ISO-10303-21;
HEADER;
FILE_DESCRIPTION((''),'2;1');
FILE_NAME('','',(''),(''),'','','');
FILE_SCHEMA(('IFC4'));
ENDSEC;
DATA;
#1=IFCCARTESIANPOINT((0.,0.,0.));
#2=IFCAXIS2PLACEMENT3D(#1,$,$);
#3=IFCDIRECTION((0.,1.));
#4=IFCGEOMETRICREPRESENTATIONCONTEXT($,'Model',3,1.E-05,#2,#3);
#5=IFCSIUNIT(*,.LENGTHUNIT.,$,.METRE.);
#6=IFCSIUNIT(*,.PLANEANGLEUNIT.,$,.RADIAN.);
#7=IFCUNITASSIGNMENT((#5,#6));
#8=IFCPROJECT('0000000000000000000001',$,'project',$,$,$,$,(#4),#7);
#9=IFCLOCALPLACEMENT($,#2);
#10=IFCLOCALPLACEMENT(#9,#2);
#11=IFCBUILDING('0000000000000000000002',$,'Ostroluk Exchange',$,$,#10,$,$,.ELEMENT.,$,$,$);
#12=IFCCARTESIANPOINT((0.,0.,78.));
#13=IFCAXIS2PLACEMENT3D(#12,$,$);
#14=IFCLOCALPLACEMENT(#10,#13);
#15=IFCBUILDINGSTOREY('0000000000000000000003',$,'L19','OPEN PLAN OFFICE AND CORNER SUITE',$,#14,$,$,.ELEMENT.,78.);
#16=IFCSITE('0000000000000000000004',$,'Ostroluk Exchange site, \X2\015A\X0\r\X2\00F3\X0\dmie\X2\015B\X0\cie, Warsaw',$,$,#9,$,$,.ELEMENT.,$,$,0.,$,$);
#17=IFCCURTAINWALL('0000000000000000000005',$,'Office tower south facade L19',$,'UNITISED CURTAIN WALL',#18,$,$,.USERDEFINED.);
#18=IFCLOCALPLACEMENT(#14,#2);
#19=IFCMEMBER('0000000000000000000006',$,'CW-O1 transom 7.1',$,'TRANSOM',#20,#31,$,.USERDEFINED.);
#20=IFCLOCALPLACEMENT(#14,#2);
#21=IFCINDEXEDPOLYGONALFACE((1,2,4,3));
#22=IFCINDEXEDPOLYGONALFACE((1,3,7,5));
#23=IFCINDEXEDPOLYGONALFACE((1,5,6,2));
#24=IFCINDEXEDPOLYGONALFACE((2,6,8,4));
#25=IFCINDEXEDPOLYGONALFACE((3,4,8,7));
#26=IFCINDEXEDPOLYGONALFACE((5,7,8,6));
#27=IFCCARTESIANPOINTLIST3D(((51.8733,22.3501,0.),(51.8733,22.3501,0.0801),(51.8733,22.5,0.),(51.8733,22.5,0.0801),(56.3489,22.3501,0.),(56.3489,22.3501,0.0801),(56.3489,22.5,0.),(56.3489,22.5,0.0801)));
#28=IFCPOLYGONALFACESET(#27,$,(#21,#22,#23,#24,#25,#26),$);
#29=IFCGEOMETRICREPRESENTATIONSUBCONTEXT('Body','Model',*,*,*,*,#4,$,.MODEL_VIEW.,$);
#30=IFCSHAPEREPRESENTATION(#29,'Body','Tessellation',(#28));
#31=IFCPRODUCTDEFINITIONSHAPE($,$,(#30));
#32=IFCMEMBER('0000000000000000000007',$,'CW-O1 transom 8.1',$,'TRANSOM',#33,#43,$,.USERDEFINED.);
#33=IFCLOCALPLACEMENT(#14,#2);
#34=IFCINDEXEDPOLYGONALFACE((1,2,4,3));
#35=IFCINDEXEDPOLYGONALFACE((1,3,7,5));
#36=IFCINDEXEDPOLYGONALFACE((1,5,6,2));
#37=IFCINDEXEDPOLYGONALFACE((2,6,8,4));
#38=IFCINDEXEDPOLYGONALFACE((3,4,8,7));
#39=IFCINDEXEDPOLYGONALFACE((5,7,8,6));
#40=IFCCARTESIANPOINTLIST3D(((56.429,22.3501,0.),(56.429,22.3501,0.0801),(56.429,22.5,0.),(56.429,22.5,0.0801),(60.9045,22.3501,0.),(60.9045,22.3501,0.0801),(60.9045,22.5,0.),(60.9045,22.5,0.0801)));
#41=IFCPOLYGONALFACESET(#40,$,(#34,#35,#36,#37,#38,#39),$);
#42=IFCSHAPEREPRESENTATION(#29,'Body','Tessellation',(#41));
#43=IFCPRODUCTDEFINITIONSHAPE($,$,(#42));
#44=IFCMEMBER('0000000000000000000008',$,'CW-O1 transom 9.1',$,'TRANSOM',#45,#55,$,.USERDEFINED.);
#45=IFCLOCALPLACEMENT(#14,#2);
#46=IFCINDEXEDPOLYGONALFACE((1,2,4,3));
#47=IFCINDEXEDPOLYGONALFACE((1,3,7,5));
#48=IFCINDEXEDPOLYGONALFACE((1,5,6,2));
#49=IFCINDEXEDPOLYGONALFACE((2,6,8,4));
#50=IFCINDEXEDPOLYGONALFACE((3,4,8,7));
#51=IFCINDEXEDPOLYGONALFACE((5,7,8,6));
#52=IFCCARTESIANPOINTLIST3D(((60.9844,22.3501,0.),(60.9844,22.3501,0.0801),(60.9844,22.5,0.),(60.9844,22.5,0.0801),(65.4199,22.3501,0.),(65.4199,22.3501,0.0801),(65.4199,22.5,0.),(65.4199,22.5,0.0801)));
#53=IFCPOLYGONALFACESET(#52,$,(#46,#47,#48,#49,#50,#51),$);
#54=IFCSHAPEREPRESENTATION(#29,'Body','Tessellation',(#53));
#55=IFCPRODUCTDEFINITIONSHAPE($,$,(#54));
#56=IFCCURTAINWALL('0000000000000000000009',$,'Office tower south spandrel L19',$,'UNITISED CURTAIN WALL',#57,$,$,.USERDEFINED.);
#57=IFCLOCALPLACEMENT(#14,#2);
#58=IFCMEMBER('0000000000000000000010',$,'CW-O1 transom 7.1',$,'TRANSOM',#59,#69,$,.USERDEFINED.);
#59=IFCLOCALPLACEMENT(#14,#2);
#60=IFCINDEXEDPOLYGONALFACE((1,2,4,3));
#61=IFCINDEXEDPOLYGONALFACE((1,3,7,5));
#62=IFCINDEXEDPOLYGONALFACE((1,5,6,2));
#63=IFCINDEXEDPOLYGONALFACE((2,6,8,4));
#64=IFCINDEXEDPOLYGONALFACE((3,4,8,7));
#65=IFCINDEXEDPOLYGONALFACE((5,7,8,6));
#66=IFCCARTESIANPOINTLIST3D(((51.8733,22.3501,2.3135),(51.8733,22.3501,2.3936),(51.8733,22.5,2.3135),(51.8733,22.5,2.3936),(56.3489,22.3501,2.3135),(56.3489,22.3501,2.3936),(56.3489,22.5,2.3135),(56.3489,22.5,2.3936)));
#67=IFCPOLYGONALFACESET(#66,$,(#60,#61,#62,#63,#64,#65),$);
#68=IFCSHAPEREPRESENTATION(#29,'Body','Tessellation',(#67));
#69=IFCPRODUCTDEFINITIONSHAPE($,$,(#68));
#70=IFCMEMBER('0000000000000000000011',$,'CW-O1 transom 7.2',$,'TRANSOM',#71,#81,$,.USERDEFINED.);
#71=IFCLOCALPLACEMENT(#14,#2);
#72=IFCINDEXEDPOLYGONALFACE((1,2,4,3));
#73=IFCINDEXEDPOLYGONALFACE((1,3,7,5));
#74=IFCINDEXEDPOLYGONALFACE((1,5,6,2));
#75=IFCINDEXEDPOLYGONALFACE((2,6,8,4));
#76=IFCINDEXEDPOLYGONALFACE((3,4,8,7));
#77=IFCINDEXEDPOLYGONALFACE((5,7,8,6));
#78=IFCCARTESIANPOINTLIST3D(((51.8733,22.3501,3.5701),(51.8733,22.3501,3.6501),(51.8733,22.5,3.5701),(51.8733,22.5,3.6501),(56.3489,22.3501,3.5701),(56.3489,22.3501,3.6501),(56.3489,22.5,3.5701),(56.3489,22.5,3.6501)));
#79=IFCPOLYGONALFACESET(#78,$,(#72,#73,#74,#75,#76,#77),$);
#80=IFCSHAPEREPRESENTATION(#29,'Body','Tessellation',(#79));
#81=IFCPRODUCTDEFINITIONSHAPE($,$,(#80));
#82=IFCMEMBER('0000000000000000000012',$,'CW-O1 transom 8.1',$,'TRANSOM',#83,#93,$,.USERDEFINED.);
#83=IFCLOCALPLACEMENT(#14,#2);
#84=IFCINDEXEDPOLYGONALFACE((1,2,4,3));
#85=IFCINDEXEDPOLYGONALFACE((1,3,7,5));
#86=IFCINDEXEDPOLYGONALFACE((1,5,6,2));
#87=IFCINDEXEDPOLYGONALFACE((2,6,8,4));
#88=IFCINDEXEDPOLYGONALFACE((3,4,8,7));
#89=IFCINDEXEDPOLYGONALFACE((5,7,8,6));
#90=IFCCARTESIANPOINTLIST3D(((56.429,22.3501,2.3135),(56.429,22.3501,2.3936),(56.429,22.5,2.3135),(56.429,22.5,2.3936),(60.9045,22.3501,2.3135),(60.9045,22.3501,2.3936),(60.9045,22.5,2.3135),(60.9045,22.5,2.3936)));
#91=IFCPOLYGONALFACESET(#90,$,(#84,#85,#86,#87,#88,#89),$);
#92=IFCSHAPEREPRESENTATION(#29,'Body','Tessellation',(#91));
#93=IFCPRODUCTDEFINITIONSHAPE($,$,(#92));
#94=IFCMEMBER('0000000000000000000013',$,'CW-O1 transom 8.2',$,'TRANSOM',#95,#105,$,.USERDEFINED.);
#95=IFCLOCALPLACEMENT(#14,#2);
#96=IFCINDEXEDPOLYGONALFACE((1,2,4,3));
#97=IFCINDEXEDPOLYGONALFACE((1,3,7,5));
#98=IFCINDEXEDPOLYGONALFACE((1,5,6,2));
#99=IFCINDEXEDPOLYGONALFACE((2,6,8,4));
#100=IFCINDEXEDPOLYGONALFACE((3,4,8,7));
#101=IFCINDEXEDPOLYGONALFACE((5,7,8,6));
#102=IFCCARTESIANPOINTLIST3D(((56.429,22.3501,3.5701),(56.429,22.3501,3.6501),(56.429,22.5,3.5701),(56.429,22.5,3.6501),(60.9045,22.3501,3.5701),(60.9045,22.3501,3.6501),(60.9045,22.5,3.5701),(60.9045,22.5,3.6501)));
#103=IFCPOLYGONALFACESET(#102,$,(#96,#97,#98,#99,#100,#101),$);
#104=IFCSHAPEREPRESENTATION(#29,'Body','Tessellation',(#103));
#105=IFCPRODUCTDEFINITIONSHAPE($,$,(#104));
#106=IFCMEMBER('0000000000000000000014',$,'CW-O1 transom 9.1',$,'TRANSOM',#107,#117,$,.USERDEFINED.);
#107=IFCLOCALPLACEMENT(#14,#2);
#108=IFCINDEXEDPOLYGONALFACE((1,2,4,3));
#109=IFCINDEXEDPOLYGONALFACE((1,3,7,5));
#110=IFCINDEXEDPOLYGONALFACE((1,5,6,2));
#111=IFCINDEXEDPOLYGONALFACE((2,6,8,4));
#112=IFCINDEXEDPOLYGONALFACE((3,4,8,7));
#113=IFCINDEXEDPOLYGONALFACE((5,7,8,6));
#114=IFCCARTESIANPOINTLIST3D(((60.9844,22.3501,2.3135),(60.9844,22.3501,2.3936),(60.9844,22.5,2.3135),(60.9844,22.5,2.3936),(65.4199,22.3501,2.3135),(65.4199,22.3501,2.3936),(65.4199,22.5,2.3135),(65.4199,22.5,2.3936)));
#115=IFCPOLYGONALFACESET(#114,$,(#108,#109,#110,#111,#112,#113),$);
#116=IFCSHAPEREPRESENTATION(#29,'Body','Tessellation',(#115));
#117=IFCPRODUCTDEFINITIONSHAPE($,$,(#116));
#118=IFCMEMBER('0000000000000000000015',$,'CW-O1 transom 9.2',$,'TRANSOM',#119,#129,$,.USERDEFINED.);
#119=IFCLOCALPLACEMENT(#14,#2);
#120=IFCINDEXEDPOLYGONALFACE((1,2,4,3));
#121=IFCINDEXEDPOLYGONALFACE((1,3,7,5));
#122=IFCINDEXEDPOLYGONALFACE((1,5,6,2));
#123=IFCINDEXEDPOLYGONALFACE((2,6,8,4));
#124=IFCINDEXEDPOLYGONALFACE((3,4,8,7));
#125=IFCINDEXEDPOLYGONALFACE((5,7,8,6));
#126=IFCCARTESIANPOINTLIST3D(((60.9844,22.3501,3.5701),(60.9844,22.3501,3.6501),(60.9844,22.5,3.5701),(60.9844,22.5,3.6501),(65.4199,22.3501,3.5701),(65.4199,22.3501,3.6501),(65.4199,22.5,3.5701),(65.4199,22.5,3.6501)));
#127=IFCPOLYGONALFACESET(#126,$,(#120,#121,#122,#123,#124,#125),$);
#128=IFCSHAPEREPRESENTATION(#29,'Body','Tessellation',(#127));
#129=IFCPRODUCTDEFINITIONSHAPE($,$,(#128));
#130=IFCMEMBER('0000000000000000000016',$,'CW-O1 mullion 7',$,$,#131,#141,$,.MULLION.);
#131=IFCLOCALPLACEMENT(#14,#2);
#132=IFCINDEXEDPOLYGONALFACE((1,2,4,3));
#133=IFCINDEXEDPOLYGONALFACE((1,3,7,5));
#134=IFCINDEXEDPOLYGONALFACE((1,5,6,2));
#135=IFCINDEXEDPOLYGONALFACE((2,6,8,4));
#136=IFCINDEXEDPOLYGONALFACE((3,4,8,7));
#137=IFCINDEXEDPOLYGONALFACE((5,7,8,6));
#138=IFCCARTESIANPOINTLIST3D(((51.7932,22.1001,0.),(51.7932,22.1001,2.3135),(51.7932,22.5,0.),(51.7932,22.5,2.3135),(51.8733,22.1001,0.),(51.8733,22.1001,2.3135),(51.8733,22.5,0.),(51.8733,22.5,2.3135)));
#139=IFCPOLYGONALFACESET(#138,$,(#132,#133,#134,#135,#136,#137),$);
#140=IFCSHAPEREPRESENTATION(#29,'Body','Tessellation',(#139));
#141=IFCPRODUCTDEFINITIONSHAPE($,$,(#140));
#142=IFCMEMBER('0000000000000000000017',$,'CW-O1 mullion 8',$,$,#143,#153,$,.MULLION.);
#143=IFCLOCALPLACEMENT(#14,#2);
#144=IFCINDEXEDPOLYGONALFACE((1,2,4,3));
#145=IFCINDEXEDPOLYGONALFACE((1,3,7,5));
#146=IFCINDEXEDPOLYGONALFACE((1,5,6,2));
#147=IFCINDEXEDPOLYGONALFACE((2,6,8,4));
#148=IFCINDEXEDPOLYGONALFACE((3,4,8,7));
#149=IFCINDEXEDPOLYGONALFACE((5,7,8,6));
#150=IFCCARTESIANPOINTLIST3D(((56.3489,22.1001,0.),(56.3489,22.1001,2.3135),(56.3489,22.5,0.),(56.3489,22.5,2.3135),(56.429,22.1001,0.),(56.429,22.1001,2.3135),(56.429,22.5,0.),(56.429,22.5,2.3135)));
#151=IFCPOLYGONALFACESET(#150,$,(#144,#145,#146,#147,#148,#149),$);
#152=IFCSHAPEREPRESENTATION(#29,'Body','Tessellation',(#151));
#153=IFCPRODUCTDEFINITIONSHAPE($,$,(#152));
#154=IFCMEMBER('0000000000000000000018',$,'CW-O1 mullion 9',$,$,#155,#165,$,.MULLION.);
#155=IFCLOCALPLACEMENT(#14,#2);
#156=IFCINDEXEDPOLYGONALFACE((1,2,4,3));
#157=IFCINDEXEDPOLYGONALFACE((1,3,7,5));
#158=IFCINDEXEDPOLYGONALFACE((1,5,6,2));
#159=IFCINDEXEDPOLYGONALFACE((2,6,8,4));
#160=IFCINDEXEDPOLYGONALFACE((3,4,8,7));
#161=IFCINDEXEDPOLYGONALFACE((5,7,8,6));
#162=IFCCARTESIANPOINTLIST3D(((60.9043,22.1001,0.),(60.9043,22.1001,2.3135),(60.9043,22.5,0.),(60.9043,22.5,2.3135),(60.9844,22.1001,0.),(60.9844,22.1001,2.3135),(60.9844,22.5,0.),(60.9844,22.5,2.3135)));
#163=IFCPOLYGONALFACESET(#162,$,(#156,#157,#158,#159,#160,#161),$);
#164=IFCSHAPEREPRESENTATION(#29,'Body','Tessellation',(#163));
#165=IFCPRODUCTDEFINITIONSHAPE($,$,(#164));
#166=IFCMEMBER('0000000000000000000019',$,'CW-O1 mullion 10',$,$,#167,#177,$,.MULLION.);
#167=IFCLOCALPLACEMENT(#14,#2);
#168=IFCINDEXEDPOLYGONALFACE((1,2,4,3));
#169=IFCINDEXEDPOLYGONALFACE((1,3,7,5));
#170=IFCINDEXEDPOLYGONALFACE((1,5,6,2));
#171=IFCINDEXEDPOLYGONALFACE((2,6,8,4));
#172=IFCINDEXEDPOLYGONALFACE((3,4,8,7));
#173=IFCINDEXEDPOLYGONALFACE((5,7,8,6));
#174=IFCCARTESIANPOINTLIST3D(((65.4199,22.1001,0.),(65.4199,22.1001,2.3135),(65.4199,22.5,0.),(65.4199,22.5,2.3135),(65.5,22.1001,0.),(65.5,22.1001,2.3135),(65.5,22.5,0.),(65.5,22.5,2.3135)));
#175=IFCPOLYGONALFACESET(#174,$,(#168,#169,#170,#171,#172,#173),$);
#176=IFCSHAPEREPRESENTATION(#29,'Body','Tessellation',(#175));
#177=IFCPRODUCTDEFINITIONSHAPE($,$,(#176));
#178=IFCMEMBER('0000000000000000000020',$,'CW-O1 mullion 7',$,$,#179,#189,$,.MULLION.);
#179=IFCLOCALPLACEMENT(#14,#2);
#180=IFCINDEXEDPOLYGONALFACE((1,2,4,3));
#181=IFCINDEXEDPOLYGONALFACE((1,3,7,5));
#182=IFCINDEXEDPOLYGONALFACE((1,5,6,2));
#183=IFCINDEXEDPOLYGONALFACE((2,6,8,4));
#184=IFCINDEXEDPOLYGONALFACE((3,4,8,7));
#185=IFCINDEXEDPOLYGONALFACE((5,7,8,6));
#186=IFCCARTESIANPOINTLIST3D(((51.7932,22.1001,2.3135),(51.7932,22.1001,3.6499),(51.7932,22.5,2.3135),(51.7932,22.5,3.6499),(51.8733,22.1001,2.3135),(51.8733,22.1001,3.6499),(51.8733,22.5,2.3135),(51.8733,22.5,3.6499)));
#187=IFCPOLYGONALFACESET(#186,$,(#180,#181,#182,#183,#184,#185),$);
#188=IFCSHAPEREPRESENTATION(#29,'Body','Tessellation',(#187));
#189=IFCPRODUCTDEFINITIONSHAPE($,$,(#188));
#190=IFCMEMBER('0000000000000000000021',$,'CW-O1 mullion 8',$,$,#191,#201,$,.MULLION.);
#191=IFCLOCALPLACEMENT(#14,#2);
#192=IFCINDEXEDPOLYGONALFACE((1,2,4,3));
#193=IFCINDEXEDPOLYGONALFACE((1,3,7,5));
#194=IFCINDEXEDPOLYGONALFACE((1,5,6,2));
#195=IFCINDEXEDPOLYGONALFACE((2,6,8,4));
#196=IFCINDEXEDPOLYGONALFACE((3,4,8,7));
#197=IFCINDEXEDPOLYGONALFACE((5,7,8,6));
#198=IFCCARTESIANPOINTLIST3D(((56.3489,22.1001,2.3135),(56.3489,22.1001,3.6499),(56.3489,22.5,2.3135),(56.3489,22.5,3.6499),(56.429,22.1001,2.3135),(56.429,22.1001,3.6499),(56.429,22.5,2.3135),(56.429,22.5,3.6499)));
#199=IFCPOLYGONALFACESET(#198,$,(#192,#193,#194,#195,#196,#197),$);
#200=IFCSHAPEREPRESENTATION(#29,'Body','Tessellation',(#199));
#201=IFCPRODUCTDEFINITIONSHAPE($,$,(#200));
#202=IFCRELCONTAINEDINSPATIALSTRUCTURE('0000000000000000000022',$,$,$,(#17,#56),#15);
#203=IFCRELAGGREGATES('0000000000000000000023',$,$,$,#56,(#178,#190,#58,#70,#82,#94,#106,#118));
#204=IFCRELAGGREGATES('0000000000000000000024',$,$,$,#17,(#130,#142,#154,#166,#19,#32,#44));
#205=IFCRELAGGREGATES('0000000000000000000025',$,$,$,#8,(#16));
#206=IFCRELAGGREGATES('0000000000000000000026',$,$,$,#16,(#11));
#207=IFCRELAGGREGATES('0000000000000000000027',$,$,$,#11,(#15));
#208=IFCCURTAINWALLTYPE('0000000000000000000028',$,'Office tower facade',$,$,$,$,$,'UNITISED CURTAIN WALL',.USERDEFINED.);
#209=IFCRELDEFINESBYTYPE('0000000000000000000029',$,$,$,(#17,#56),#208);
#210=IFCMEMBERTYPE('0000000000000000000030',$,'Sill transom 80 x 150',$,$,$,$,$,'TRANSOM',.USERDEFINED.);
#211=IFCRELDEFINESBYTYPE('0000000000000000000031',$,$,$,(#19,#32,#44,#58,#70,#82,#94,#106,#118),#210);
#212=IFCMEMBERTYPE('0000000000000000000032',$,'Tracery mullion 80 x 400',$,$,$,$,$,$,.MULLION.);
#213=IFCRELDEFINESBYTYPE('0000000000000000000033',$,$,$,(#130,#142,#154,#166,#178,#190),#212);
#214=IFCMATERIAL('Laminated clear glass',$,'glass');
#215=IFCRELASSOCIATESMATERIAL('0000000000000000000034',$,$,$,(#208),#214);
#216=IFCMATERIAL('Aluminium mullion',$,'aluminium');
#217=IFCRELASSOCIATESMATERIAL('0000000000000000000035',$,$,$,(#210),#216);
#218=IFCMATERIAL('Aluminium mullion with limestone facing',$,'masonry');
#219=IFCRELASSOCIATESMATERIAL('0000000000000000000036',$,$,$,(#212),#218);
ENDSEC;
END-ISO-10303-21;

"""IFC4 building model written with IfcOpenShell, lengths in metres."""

from ifc_helpers import new_model, si_unit, direction, frame, origin, origin_2d, place, context, subcontext, project, spatial, rectangle, extrude, material, material_profile, profile_set, type_object, element, aggregate, save


model = new_model("IFC4")

# Units and contexts
model_context = context("Model", 3, precision=1e-05, world=origin(), true_north=direction((0.0, 1.0)))
body_context = subcontext(model_context, "Body", "Model", "MODEL_VIEW")
ifc_project = project(units=[si_unit("LENGTHUNIT", "METRE"), si_unit("PLANEANGLEUNIT", "RADIAN")], contexts=[model_context])

# Site, building, storey
site_placement = place(None, origin())
site = spatial("IfcSite", under=ifc_project, at=site_placement, Name="Ostroluk Exchange site, Śródmieście, Warsaw", CompositionType="ELEMENT", RefElevation=0.0)
building_placement = place(site_placement, origin())
building = spatial("IfcBuilding", under=site, at=building_placement, Name="Ostroluk Exchange", CompositionType="ELEMENT")
storey_placement = place(building_placement, frame((0.0, 0.0, 78.0)))
storey = spatial("IfcBuildingStorey", under=building, at=storey_placement, Name="L19", Description="OPEN PLAN OFFICE AND CORNER SUITE", CompositionType="ELEMENT", Elevation=78.0)

# Curtain walls, members
ifc_material_1 = material(Name="Laminated clear glass", Category="glass")
curtain_wall_type = type_object("IfcCurtainWallType", Name="Office tower facade", ElementType="UNITISED CURTAIN WALL", PredefinedType="USERDEFINED", material=ifc_material_1)
curtain_wall_1_placement = place(storey_placement, origin())
curtain_wall_1 = element("IfcCurtainWall", 1, at=curtain_wall_1_placement, inside=storey, type_object=curtain_wall_type, Name="Office tower south facade L19", ObjectType="UNITISED CURTAIN WALL", PredefinedType="USERDEFINED")
ifc_material_2 = material(Name="Aluminium mullion", Category="aluminium")
ifc_material_profile_1 = material_profile(ifc_material_2, rectangle(XDim=0.1499, YDim=0.0801, at=origin_2d()), Name="Sill transom 80 x 150")
ifc_profile_set_1 = profile_set([ifc_material_profile_1], Name="Aluminium mullion")
member_type_1 = type_object("IfcMemberType", Name="Sill transom 80 x 150", ElementType="TRANSOM", PredefinedType="USERDEFINED", material=ifc_profile_set_1)
member_1_placement = place(storey_placement, frame((51.8733, 22.425, 0.04), z_axis=(1.0, 0.0, 0.0), x_axis=(0.0, 1.0, 0.0)))
member_1 = element("IfcMember", 2, at=member_1_placement, type_object=member_type_1, Name="CW-O1 transom 7.1", ObjectType="TRANSOM", PredefinedType="USERDEFINED", context=body_context, shape_type="SweptSolid", body=[
    extrude(rectangle(XDim=0.1499, YDim=0.0801, at=origin_2d()), origin(), (0.0, 0.0, 1.0), 4.4756),
])
member_2_placement = place(storey_placement, frame((56.429, 22.425, 0.04), z_axis=(1.0, 0.0, 0.0), x_axis=(0.0, 1.0, 0.0)))
member_2 = element("IfcMember", 3, at=member_2_placement, type_object=member_type_1, Name="CW-O1 transom 8.1", ObjectType="TRANSOM", PredefinedType="USERDEFINED", context=body_context, shape_type="SweptSolid", body=[
    extrude(rectangle(XDim=0.1499, YDim=0.0801, at=origin_2d()), origin(), (0.0, 0.0, 1.0), 4.4756),
])
member_3_placement = place(storey_placement, frame((60.9844, 22.425, 0.04), z_axis=(1.0, 0.0, 0.0), x_axis=(0.0, 1.0, 0.0)))
member_3 = element("IfcMember", 4, at=member_3_placement, type_object=member_type_1, Name="CW-O1 transom 9.1", ObjectType="TRANSOM", PredefinedType="USERDEFINED", context=body_context, shape_type="SweptSolid", body=[
    extrude(rectangle(XDim=0.1499, YDim=0.0801, at=origin_2d()), origin(), (0.0, 0.0, 1.0), 4.4355),
])
curtain_wall_2_placement = place(storey_placement, origin())
curtain_wall_2 = element("IfcCurtainWall", 5, at=curtain_wall_2_placement, inside=storey, type_object=curtain_wall_type, Name="Office tower south spandrel L19", ObjectType="UNITISED CURTAIN WALL", PredefinedType="USERDEFINED")
member_4_placement = place(storey_placement, frame((51.8733, 22.425, 2.3535), z_axis=(1.0, 0.0, 0.0), x_axis=(0.0, 1.0, 0.0)))
member_4 = element("IfcMember", 6, at=member_4_placement, type_object=member_type_1, Name="CW-O1 transom 7.1", ObjectType="TRANSOM", PredefinedType="USERDEFINED", context=body_context, shape_type="SweptSolid", body=[
    extrude(rectangle(XDim=0.1499, YDim=0.0801, at=origin_2d()), origin(), (0.0, 0.0, 1.0), 4.4756),
])
member_5_placement = place(storey_placement, frame((51.8733, 22.425, 3.6101), z_axis=(1.0, 0.0, 0.0), x_axis=(0.0, 1.0, 0.0)))
member_5 = element("IfcMember", 7, at=member_5_placement, type_object=member_type_1, Name="CW-O1 transom 7.2", ObjectType="TRANSOM", PredefinedType="USERDEFINED", context=body_context, shape_type="SweptSolid", body=[
    extrude(rectangle(XDim=0.1499, YDim=0.0801, at=origin_2d()), origin(), (0.0, 0.0, 1.0), 4.4756),
])
member_6_placement = place(storey_placement, frame((56.429, 22.425, 2.3535), z_axis=(1.0, 0.0, 0.0), x_axis=(0.0, 1.0, 0.0)))
member_6 = element("IfcMember", 8, at=member_6_placement, type_object=member_type_1, Name="CW-O1 transom 8.1", ObjectType="TRANSOM", PredefinedType="USERDEFINED", context=body_context, shape_type="SweptSolid", body=[
    extrude(rectangle(XDim=0.1499, YDim=0.0801, at=origin_2d()), origin(), (0.0, 0.0, 1.0), 4.4756),
])
member_7_placement = place(storey_placement, frame((56.429, 22.425, 3.6101), z_axis=(1.0, 0.0, 0.0), x_axis=(0.0, 1.0, 0.0)))
member_7 = element("IfcMember", 9, at=member_7_placement, type_object=member_type_1, Name="CW-O1 transom 8.2", ObjectType="TRANSOM", PredefinedType="USERDEFINED", context=body_context, shape_type="SweptSolid", body=[
    extrude(rectangle(XDim=0.1499, YDim=0.0801, at=origin_2d()), origin(), (0.0, 0.0, 1.0), 4.4756),
])
member_8_placement = place(storey_placement, frame((60.9844, 22.425, 2.3535), z_axis=(1.0, 0.0, 0.0), x_axis=(0.0, 1.0, 0.0)))
member_8 = element("IfcMember", 10, at=member_8_placement, type_object=member_type_1, Name="CW-O1 transom 9.1", ObjectType="TRANSOM", PredefinedType="USERDEFINED", context=body_context, shape_type="SweptSolid", body=[
    extrude(rectangle(XDim=0.1499, YDim=0.0801, at=origin_2d()), origin(), (0.0, 0.0, 1.0), 4.4355),
])
member_9_placement = place(storey_placement, frame((60.9844, 22.425, 3.6101), z_axis=(1.0, 0.0, 0.0), x_axis=(0.0, 1.0, 0.0)))
member_9 = element("IfcMember", 11, at=member_9_placement, type_object=member_type_1, Name="CW-O1 transom 9.2", ObjectType="TRANSOM", PredefinedType="USERDEFINED", context=body_context, shape_type="SweptSolid", body=[
    extrude(rectangle(XDim=0.1499, YDim=0.0801, at=origin_2d()), origin(), (0.0, 0.0, 1.0), 4.4355),
])

# Members
ifc_material_3 = material(Name="Aluminium mullion with limestone facing", Category="masonry")
ifc_material_profile_2 = material_profile(ifc_material_3, rectangle(XDim=0.3999, YDim=0.0801, at=origin_2d()), Name="Tracery mullion 80 x 400")
ifc_profile_set_2 = profile_set([ifc_material_profile_2], Name="Aluminium mullion with limestone facing")
member_type_2 = type_object("IfcMemberType", Name="Tracery mullion 80 x 400", PredefinedType="MULLION", material=ifc_profile_set_2)
member_10_placement = place(storey_placement, frame((51.8333, 22.3, 0.0), z_axis=(0.0, 0.0, 1.0), x_axis=(0.0, 1.0, 0.0)))
member_10 = element("IfcMember", 12, at=member_10_placement, type_object=member_type_2, Name="CW-O1 mullion 7", PredefinedType="MULLION", context=body_context, shape_type="SweptSolid", body=[
    extrude(rectangle(XDim=0.3999, YDim=0.0801, at=origin_2d()), origin(), (0.0, 0.0, 1.0), 2.3135),
])
member_11_placement = place(storey_placement, frame((56.3889, 22.3, 0.0), z_axis=(0.0, 0.0, 1.0), x_axis=(0.0, 1.0, 0.0)))
member_11 = element("IfcMember", 13, at=member_11_placement, type_object=member_type_2, Name="CW-O1 mullion 8", PredefinedType="MULLION", context=body_context, shape_type="SweptSolid", body=[
    extrude(rectangle(XDim=0.3999, YDim=0.0801, at=origin_2d()), origin(), (0.0, 0.0, 1.0), 2.3135),
])
member_12_placement = place(storey_placement, frame((60.9443, 22.3, 0.0), z_axis=(0.0, 0.0, 1.0), x_axis=(0.0, 1.0, 0.0)))
member_12 = element("IfcMember", 14, at=member_12_placement, type_object=member_type_2, Name="CW-O1 mullion 9", PredefinedType="MULLION", context=body_context, shape_type="SweptSolid", body=[
    extrude(rectangle(XDim=0.3999, YDim=0.0801, at=origin_2d()), origin(), (0.0, 0.0, 1.0), 2.3135),
])
member_13_placement = place(storey_placement, frame((65.46, 22.3, 0.0), z_axis=(0.0, 0.0, 1.0), x_axis=(0.0, 1.0, 0.0)))
member_13 = element("IfcMember", 15, at=member_13_placement, type_object=member_type_2, Name="CW-O1 mullion 10", PredefinedType="MULLION", context=body_context, shape_type="SweptSolid", body=[
    extrude(rectangle(XDim=0.3999, YDim=0.0801, at=origin_2d()), origin(), (0.0, 0.0, 1.0), 2.3135),
])
member_14_placement = place(storey_placement, frame((51.8333, 22.3, 2.3135), z_axis=(0.0, 0.0, 1.0), x_axis=(0.0, 1.0, 0.0)))
member_14 = element("IfcMember", 16, at=member_14_placement, type_object=member_type_2, Name="CW-O1 mullion 7", PredefinedType="MULLION", context=body_context, shape_type="SweptSolid", body=[
    extrude(rectangle(XDim=0.3999, YDim=0.0801, at=origin_2d()), origin(), (0.0, 0.0, 1.0), 1.3364),
])
member_15_placement = place(storey_placement, frame((56.3889, 22.3, 2.3135), z_axis=(0.0, 0.0, 1.0), x_axis=(0.0, 1.0, 0.0)))
member_15 = element("IfcMember", 17, at=member_15_placement, type_object=member_type_2, Name="CW-O1 mullion 8", PredefinedType="MULLION", context=body_context, shape_type="SweptSolid", body=[
    extrude(rectangle(XDim=0.3999, YDim=0.0801, at=origin_2d()), origin(), (0.0, 0.0, 1.0), 1.3364),
])

aggregate(curtain_wall_2, [member_14, member_15, member_4, member_5, member_6, member_7, member_8, member_9])
aggregate(curtain_wall_1, [member_10, member_11, member_12, member_13, member_1, member_2, member_3])

save(model, "model.ifc")
